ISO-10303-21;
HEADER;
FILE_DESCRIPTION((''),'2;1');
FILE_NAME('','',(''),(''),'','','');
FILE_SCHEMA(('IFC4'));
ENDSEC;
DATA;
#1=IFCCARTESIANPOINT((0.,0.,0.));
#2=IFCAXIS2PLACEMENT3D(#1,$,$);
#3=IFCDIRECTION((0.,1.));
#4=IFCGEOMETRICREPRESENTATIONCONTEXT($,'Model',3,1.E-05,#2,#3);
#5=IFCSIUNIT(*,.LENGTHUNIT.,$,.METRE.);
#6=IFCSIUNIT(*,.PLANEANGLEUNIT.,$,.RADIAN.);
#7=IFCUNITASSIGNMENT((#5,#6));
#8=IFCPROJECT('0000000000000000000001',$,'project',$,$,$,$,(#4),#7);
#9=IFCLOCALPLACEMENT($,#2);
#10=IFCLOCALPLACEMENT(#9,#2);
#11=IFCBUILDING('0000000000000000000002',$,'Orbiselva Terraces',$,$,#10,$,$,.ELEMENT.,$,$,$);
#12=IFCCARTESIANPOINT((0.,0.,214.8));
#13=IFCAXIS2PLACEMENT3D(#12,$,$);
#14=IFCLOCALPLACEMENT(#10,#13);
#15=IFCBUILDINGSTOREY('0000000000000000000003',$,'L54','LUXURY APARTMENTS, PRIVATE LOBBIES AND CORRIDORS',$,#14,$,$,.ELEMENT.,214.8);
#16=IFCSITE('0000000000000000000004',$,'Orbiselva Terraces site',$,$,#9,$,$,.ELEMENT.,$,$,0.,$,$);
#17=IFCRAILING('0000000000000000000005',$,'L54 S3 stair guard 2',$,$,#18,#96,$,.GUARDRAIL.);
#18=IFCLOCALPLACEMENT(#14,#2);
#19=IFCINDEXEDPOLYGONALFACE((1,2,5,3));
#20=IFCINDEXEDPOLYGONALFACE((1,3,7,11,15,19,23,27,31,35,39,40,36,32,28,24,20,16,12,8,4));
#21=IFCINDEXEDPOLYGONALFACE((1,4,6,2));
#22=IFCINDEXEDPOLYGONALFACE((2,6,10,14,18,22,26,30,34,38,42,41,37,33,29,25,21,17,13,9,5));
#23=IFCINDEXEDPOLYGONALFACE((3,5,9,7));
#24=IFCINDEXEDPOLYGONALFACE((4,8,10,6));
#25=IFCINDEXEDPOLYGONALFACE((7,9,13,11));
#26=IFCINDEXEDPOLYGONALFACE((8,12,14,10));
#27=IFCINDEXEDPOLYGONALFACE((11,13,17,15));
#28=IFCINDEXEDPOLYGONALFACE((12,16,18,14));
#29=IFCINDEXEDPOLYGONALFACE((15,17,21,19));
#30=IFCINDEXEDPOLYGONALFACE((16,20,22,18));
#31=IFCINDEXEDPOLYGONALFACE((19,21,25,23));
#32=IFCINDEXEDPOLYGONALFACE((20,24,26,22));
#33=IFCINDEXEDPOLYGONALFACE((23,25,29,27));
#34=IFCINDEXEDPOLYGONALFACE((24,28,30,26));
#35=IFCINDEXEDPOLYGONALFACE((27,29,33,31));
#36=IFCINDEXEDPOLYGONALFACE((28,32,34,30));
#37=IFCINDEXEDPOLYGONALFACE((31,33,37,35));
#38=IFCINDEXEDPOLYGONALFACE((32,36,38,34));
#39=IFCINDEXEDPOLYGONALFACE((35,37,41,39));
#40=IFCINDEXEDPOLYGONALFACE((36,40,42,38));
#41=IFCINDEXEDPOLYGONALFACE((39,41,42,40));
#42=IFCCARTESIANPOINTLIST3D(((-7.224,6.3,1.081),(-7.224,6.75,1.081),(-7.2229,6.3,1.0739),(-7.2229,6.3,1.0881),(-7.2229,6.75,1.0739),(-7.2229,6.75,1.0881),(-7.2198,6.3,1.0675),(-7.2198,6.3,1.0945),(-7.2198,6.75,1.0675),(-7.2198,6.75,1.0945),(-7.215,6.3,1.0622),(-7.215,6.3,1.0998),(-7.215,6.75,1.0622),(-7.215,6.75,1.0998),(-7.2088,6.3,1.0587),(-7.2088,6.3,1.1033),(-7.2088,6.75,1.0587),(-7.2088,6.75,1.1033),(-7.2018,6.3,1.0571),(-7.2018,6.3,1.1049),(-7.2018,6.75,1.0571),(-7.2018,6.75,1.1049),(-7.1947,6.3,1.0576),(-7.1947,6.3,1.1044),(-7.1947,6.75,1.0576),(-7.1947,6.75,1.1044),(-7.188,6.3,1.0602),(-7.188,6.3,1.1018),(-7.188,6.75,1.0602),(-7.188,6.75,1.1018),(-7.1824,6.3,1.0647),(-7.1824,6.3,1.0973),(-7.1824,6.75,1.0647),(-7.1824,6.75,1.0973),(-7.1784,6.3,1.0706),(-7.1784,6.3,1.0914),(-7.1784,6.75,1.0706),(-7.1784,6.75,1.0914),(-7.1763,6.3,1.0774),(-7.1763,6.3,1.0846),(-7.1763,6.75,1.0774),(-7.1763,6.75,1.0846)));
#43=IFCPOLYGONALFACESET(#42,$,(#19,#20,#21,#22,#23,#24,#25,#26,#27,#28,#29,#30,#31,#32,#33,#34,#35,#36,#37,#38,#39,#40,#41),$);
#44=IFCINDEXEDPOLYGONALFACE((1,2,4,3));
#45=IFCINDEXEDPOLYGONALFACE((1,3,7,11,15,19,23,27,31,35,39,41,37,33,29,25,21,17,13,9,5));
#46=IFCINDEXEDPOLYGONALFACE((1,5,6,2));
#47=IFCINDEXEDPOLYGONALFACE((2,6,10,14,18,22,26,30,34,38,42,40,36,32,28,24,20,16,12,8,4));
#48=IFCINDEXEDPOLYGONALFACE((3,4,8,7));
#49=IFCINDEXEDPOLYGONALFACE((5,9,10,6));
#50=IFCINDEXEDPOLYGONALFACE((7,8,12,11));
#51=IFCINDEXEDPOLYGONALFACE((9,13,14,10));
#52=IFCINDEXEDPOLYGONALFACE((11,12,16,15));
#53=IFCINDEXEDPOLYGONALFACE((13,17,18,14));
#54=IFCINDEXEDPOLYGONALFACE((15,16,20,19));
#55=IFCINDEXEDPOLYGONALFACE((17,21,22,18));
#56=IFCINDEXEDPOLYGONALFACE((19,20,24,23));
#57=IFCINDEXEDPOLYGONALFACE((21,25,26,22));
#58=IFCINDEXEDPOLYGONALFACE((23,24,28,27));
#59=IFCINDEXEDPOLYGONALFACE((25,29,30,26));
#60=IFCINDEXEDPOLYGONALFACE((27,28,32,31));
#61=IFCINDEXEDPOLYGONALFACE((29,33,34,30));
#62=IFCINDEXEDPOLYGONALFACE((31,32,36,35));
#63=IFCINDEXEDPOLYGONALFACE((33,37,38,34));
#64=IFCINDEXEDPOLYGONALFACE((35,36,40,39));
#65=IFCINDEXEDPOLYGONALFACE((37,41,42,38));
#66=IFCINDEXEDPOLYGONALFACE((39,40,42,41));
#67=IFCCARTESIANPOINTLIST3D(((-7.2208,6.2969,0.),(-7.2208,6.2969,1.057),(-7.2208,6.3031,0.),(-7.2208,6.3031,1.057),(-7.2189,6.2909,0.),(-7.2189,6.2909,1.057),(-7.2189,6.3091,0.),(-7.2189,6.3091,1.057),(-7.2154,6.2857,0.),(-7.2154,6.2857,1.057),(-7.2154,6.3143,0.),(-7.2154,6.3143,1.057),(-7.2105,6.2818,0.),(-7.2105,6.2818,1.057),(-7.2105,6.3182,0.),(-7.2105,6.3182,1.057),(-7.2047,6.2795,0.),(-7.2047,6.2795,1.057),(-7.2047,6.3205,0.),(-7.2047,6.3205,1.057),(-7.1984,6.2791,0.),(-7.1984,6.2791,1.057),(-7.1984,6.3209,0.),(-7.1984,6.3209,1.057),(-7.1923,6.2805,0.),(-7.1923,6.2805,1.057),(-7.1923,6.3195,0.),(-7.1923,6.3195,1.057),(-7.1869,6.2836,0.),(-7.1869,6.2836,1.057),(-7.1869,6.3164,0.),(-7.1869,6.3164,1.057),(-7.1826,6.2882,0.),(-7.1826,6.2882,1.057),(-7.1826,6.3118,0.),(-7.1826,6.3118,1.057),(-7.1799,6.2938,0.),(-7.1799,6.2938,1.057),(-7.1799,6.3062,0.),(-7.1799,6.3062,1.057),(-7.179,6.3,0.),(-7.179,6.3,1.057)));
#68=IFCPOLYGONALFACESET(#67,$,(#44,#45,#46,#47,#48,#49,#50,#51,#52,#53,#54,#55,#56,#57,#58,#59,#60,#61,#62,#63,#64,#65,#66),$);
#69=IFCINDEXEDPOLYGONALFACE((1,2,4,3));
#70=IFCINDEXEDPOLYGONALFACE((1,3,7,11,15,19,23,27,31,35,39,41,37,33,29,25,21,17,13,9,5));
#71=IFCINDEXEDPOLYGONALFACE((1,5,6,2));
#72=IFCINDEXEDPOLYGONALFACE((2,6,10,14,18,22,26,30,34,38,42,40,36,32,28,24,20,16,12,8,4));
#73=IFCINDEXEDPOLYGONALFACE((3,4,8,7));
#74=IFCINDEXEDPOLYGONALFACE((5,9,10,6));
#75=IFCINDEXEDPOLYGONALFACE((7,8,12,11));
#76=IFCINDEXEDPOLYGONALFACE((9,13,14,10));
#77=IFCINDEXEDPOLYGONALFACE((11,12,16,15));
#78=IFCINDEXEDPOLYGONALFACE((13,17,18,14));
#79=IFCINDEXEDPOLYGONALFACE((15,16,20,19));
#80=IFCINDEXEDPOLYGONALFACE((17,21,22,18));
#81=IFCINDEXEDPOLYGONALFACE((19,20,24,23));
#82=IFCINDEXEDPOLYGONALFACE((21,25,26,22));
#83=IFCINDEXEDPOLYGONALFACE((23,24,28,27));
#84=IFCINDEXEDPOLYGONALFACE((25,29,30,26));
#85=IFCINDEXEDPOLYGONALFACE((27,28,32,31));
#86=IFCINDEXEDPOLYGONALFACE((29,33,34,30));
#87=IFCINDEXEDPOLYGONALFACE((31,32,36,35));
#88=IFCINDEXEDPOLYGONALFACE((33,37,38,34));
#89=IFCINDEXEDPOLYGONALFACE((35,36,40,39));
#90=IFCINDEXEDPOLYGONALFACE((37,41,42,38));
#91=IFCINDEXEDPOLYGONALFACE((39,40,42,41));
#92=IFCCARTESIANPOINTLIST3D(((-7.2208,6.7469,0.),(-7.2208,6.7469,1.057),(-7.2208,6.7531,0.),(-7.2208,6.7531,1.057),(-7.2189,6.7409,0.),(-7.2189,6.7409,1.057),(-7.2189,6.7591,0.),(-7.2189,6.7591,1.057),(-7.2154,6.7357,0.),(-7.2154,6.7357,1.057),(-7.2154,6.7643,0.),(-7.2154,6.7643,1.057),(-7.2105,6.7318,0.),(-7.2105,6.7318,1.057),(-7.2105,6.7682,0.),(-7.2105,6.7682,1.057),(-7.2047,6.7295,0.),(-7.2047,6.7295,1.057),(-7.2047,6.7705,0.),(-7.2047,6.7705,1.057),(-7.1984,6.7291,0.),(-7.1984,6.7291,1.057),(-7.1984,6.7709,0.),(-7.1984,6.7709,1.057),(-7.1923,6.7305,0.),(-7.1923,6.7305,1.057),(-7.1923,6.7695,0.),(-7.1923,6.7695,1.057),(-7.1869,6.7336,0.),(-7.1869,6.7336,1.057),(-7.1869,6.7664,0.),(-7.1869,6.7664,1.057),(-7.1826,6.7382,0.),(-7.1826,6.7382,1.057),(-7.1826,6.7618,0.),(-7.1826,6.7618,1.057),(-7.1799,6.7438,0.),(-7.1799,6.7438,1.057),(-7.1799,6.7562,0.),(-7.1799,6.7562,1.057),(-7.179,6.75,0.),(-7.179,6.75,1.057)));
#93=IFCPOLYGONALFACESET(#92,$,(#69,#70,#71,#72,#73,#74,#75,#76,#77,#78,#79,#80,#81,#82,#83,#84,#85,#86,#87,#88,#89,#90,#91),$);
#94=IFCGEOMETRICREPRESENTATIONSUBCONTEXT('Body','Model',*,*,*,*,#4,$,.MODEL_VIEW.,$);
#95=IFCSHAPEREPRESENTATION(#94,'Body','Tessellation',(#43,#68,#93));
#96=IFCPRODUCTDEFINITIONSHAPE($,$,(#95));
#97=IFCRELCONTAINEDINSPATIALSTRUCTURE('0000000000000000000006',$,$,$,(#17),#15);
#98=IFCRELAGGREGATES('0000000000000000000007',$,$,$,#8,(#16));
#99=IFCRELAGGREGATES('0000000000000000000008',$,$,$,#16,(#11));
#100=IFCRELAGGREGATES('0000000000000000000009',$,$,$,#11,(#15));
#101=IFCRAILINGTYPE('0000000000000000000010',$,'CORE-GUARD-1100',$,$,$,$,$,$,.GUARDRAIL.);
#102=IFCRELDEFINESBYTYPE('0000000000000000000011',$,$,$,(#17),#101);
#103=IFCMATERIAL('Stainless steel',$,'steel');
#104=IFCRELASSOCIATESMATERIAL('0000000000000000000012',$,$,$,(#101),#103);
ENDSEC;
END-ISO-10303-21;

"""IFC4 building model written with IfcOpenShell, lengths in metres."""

from ifc_helpers import new_model, si_unit, direction, frame, origin, origin_2d, place, context, subcontext, project, spatial, circle, extrude, material, type_object, element, save


model = new_model("IFC4")

# Units and contexts
model_context = context("Model", 3, precision=1e-05, world=origin(), true_north=direction((0.0, 1.0)))
body_context = subcontext(model_context, "Body", "Model", "MODEL_VIEW")
ifc_project = project(units=[si_unit("LENGTHUNIT", "METRE"), si_unit("PLANEANGLEUNIT", "RADIAN")], contexts=[model_context])

# Site, building, storey
site_placement = place(None, origin())
site = spatial("IfcSite", under=ifc_project, at=site_placement, Name="Orbiselva Terraces site", CompositionType="ELEMENT", RefElevation=0.0)
building_placement = place(site_placement, origin())
building = spatial("IfcBuilding", under=site, at=building_placement, Name="Orbiselva Terraces", CompositionType="ELEMENT")
storey_placement = place(building_placement, frame((0.0, 0.0, 214.8)))
storey = spatial("IfcBuildingStorey", under=building, at=storey_placement, Name="L54", Description="LUXURY APARTMENTS, PRIVATE LOBBIES AND CORRIDORS", CompositionType="ELEMENT", Elevation=214.8)

# Railing
ifc_material_1 = material(Name="Stainless steel", Category="steel")
railing_type_1 = type_object("IfcRailingType", Name="CORE-GUARD-1100", PredefinedType="GUARDRAIL", material=ifc_material_1)
railing_1_placement = place(storey_placement, frame((-7.2, 6.3, 0.0)))
element("IfcRailing", 1, at=railing_1_placement, inside=storey, type_object=railing_type_1, Name="L54 S3 stair guard 2", PredefinedType="GUARDRAIL", context=body_context, shape_type="SweptSolid", body=[
    extrude(circle(Radius=0.024, at=origin_2d()), frame((0.0, 0.0, 1.081), z_axis=(0.0, 1.0, 0.0), x_axis=(-1.0, 0.0, 0.0)), (0.0, 0.0, 1.0), 0.45),
    extrude(circle(Radius=0.021, at=origin_2d()), origin(), (0.0, 0.0, 1.0), 1.057),
    extrude(circle(Radius=0.021, at=origin_2d()), frame((0.0, 0.45, 0.0)), (0.0, 0.0, 1.0), 1.057),
])

save(model, "model.ifc")
